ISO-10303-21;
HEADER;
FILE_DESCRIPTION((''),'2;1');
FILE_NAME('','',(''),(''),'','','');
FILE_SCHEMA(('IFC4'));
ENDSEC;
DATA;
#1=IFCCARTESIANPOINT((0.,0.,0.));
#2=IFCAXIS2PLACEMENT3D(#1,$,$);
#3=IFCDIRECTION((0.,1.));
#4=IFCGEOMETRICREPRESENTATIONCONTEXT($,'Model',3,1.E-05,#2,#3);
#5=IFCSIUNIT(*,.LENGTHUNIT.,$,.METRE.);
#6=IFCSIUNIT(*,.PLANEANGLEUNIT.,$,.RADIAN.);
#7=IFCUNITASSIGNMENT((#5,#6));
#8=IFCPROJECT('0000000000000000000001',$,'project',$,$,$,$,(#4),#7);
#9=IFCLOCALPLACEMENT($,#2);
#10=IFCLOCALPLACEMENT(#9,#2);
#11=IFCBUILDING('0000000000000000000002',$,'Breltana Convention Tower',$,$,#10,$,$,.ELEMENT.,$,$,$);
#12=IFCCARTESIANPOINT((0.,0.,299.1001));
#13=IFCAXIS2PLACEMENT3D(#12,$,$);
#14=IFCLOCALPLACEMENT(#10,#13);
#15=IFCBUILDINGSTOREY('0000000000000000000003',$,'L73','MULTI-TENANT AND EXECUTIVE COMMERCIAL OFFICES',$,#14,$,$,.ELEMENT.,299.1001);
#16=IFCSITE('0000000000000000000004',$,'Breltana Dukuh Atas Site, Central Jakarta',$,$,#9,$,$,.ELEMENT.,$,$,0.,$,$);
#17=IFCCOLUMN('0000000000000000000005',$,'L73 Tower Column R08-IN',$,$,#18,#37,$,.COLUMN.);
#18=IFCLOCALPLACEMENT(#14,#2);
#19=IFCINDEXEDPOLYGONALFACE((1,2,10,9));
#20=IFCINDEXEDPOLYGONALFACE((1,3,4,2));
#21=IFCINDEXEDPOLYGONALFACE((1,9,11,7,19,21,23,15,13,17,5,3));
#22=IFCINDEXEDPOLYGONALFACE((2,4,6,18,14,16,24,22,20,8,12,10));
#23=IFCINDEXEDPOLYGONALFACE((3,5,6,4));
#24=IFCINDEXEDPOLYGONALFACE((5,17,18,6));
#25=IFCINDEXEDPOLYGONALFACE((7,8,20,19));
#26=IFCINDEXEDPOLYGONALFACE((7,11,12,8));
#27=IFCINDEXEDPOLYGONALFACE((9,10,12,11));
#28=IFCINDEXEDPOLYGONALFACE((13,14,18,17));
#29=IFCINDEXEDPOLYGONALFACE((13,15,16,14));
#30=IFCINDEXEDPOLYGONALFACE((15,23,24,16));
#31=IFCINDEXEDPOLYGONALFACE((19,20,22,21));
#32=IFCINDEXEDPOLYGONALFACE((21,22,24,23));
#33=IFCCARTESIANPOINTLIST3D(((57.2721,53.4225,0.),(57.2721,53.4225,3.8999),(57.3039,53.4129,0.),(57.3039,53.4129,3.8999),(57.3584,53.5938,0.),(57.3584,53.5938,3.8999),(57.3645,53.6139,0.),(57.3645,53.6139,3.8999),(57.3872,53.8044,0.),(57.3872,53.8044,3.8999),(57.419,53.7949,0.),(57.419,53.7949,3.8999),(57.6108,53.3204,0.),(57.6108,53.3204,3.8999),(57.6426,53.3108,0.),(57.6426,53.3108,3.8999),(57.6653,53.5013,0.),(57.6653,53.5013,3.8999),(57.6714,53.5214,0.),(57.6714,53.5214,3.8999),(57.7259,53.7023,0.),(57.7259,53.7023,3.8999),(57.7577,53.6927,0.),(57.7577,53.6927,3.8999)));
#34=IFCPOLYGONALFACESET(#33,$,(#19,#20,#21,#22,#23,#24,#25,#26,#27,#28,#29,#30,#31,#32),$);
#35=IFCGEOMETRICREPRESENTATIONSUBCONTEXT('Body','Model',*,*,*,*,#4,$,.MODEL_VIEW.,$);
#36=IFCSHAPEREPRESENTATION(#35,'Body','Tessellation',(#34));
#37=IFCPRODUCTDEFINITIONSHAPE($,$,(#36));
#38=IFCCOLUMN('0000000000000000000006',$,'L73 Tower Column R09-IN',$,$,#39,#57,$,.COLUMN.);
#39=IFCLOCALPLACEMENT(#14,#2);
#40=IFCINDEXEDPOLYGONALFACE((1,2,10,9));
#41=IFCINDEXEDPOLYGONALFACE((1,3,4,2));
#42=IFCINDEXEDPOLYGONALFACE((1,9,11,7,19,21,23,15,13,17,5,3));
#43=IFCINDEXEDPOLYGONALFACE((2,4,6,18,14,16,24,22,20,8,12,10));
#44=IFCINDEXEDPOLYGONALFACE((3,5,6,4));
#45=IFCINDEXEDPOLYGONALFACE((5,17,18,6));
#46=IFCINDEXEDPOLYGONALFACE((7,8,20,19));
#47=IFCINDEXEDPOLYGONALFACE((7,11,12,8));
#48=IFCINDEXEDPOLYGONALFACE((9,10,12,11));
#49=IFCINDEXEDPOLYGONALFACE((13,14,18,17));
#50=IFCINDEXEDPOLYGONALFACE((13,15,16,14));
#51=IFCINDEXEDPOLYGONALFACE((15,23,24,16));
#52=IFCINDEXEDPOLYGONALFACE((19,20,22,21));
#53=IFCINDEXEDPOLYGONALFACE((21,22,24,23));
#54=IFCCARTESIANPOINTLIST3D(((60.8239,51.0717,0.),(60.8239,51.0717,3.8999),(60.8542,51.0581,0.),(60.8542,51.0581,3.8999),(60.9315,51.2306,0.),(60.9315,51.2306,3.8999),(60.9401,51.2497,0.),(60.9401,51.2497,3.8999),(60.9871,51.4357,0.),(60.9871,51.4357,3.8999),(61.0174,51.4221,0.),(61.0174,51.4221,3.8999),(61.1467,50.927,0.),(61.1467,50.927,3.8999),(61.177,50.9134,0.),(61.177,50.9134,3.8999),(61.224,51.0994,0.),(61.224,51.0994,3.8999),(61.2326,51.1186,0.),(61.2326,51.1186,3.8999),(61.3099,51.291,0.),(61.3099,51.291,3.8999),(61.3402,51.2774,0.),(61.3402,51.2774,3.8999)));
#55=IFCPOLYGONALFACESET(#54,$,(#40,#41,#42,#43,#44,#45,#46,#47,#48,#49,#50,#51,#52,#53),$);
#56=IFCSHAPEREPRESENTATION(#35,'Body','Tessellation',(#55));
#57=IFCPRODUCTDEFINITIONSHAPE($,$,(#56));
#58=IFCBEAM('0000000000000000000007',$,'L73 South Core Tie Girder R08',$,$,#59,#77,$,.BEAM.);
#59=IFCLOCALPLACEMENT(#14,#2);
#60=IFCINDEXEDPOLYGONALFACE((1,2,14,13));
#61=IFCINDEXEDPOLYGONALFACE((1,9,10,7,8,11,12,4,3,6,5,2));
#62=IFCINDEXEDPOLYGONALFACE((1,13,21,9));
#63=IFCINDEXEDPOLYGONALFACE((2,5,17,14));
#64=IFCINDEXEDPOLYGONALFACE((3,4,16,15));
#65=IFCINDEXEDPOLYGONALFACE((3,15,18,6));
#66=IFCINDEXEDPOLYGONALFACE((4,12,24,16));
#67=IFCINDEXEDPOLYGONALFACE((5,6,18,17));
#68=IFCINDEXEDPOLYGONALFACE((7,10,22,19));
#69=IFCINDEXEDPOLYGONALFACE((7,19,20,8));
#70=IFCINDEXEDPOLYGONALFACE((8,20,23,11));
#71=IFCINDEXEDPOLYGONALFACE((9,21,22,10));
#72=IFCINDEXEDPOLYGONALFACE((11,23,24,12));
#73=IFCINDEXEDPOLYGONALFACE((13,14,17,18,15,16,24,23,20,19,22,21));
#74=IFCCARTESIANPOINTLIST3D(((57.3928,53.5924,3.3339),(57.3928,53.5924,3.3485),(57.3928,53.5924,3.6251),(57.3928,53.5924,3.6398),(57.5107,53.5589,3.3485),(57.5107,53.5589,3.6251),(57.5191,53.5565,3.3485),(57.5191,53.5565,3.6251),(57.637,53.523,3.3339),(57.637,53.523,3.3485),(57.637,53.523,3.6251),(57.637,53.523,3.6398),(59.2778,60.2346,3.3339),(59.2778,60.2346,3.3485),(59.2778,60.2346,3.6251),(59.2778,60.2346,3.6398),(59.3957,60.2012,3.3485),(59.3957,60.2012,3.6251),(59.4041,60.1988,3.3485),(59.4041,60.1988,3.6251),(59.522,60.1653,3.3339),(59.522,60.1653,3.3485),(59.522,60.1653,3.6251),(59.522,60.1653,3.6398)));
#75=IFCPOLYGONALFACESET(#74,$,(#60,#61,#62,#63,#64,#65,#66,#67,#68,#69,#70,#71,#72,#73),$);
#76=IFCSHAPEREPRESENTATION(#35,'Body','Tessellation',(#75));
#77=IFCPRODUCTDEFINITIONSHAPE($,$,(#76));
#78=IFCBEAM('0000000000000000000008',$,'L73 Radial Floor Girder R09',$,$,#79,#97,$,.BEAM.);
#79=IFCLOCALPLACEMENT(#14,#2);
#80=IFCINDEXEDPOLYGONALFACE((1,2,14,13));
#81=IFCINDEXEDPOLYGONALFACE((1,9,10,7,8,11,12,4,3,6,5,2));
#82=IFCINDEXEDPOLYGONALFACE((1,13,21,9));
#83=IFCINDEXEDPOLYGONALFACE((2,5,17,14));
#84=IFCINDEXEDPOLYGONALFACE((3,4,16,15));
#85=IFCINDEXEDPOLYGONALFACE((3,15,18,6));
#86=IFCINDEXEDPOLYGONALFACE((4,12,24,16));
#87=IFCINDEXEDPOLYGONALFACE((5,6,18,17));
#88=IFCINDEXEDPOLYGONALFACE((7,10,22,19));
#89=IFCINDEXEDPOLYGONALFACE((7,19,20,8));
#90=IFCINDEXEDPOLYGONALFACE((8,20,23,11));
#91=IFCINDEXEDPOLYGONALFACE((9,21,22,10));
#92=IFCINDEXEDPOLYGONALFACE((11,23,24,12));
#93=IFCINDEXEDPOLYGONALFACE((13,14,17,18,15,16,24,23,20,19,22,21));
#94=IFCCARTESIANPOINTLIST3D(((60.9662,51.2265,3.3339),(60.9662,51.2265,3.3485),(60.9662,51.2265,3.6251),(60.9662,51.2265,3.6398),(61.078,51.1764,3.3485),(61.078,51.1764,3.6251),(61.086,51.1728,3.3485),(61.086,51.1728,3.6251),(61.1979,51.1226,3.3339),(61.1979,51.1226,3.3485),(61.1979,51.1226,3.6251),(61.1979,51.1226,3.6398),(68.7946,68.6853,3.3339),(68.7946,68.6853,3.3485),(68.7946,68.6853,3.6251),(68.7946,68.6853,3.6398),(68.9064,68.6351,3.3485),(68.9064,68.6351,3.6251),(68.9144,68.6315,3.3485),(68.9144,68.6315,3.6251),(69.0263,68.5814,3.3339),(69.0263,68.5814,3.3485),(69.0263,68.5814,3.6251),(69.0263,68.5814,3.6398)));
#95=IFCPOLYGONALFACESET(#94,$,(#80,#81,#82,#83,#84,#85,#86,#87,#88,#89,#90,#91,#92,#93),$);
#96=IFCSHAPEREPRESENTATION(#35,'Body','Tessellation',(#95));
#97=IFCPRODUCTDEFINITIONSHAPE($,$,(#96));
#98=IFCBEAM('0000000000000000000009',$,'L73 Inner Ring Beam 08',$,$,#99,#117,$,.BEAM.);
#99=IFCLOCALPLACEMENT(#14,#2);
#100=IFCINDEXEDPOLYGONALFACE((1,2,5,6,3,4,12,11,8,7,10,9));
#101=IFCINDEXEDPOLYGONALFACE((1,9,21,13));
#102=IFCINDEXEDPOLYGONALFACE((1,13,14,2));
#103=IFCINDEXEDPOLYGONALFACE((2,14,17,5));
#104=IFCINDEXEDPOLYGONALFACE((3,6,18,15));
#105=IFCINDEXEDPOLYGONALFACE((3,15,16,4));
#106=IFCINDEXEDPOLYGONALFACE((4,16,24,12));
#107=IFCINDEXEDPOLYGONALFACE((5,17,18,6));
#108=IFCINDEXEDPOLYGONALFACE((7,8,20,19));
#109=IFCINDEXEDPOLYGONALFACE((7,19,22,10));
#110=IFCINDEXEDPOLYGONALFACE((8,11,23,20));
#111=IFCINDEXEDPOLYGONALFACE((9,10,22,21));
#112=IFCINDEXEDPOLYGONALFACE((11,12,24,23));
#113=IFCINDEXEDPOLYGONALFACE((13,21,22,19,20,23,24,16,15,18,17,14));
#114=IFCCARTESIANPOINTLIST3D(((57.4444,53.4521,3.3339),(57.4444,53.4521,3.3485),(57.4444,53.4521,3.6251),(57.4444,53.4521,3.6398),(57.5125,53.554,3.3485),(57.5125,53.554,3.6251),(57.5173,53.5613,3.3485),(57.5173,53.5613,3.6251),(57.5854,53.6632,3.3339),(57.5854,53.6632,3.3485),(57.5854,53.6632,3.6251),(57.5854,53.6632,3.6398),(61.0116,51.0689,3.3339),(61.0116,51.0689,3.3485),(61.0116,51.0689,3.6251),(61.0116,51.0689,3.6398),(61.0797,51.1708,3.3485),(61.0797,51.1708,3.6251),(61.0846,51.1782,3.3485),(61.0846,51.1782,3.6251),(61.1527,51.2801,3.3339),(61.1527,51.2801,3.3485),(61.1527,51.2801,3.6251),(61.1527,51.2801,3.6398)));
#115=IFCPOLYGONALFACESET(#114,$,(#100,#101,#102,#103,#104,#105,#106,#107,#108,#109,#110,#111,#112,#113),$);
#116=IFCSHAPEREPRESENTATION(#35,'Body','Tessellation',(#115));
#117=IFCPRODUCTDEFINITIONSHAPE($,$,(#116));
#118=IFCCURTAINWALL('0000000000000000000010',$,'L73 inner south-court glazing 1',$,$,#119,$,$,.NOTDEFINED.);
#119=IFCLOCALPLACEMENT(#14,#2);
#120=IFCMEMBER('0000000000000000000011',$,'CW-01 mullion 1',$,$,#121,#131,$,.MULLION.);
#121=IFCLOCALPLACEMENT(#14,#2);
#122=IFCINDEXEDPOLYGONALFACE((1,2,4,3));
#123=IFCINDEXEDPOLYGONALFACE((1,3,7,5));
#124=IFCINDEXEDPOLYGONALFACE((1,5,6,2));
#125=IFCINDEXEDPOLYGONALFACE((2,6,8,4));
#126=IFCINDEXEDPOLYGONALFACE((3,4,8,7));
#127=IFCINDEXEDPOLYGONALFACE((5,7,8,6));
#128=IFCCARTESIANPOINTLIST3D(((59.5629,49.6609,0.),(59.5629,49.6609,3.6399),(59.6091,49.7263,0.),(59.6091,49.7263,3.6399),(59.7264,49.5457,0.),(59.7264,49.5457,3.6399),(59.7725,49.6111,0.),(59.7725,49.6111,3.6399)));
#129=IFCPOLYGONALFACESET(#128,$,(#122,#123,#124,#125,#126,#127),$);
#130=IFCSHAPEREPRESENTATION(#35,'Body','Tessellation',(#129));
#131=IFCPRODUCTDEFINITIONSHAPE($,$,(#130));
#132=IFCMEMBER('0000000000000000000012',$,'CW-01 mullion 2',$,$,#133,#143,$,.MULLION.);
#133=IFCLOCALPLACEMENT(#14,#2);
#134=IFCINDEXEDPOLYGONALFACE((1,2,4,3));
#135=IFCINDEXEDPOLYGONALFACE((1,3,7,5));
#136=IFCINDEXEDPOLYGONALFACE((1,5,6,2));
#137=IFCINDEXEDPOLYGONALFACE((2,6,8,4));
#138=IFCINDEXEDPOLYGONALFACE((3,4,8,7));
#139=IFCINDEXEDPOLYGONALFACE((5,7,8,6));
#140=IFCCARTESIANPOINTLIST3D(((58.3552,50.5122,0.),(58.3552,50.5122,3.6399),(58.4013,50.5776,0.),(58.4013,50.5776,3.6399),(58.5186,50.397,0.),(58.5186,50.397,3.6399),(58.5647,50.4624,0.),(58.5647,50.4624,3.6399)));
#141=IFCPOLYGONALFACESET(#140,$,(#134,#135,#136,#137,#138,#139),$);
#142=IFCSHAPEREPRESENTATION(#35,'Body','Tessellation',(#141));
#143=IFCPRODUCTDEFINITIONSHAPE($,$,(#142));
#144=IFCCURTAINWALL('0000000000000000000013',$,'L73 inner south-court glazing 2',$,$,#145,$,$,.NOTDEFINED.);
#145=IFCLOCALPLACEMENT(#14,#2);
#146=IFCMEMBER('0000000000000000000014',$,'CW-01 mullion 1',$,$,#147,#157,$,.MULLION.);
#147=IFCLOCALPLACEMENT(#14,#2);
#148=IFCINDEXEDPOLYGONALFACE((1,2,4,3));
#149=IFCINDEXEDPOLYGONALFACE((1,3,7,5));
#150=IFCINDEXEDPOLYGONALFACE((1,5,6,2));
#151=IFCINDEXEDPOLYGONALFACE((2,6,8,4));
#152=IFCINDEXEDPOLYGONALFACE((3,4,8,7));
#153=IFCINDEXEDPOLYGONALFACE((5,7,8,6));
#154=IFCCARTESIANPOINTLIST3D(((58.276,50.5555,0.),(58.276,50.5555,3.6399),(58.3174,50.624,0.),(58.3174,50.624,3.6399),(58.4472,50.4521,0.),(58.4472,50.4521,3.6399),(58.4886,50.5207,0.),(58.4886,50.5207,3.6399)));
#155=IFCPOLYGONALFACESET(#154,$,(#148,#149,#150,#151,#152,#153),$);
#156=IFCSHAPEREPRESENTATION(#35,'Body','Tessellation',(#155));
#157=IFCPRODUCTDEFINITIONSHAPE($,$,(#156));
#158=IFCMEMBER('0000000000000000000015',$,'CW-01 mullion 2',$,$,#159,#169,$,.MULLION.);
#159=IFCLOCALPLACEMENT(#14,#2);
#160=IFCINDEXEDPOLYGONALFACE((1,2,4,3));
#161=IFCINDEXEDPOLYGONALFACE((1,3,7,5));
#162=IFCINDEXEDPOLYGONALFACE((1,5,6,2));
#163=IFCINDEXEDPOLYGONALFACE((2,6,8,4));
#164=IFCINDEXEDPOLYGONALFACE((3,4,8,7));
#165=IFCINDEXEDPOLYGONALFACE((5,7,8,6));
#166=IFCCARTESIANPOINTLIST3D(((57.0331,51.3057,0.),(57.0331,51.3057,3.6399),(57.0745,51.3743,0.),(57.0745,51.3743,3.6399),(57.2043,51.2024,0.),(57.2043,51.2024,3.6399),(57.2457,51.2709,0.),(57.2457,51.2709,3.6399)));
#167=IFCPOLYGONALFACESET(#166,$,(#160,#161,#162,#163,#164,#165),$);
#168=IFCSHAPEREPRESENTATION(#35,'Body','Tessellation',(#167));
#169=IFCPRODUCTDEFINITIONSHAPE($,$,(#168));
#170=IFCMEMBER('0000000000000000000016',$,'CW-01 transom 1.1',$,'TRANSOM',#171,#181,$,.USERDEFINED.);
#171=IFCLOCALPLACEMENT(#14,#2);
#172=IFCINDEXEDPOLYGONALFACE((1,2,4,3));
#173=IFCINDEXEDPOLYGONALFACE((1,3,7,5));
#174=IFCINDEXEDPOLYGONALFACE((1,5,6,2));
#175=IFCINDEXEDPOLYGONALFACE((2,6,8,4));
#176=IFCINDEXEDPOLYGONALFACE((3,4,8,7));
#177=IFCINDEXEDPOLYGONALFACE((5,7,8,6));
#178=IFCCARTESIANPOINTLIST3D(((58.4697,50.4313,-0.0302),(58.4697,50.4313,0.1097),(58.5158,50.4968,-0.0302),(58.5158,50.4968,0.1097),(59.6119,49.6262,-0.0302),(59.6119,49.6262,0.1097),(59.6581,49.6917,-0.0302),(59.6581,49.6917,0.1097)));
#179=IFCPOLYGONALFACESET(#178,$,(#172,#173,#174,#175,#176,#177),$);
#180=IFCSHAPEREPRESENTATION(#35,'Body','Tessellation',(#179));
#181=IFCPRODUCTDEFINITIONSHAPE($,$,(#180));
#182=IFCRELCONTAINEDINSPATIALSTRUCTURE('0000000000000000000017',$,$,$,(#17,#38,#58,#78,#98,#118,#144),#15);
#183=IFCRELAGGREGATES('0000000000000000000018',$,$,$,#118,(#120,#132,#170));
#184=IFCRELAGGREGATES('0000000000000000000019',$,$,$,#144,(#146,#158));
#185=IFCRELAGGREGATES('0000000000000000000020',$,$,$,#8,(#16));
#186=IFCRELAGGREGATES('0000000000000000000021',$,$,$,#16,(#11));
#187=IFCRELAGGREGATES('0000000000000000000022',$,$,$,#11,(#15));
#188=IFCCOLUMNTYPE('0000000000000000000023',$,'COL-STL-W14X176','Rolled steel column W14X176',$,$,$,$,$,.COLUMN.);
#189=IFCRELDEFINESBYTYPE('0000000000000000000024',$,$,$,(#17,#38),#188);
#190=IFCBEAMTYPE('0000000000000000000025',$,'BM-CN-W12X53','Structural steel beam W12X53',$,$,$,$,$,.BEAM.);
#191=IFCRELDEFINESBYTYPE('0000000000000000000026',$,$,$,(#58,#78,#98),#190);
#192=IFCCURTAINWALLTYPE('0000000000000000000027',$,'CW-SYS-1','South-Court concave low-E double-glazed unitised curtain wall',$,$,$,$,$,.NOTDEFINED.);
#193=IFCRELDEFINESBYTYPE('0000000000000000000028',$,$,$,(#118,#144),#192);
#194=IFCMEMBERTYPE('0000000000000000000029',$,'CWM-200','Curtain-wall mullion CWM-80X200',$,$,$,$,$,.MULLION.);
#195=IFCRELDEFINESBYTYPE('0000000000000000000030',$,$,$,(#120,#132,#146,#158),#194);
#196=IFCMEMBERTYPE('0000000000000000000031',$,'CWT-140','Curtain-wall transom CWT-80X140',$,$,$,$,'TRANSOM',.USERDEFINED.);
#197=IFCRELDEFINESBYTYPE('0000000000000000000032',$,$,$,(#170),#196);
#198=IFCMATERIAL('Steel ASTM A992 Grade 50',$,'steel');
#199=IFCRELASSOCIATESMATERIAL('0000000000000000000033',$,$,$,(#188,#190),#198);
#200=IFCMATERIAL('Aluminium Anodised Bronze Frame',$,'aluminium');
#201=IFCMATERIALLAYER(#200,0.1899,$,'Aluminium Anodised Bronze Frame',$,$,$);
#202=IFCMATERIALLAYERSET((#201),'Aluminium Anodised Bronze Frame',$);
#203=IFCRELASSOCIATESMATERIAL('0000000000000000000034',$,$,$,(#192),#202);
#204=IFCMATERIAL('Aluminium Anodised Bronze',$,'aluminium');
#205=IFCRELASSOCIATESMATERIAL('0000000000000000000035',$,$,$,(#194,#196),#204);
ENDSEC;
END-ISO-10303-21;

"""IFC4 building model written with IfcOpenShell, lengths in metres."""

from ifc_helpers import new_model, si_unit, direction, frame, origin, origin_2d, place, context, subcontext, project, spatial, rectangle, i_section, extrude, source, transform, mapped, material, layer, layer_set, material_profile, profile_set, type_object, type_shapes, element, aggregate, save


model = new_model("IFC4")

# Units and contexts
model_context = context("Model", 3, precision=1e-05, world=origin(), true_north=direction((0.0, 1.0)))
body_context = subcontext(model_context, "Body", "Model", "MODEL_VIEW")
ifc_project = project(units=[si_unit("LENGTHUNIT", "METRE"), si_unit("PLANEANGLEUNIT", "RADIAN")], contexts=[model_context])

# Site, building, storey
site_placement = place(None, origin())
site = spatial("IfcSite", under=ifc_project, at=site_placement, Name="Breltana Dukuh Atas Site, Central Jakarta", CompositionType="ELEMENT", RefElevation=0.0)
building_placement = place(site_placement, origin())
building = spatial("IfcBuilding", under=site, at=building_placement, Name="Breltana Convention Tower", CompositionType="ELEMENT")
storey_placement = place(building_placement, frame((0.0, 0.0, 299.1001)))
storey = spatial("IfcBuildingStorey", under=building, at=storey_placement, Name="L73", Description="MULTI-TENANT AND EXECUTIVE COMMERCIAL OFFICES", CompositionType="ELEMENT", Elevation=299.1001)

# Columns
ifc_material_1 = material(Name="Steel ASTM A992 Grade 50", Category="steel")
ifc_material_profile_1 = material_profile(ifc_material_1, i_section(OverallWidth=0.3989, OverallDepth=0.387, WebThickness=0.021, FlangeThickness=0.0332, at=origin_2d()), Name="W14X176")
ifc_profile_set_1 = profile_set([ifc_material_profile_1], Name="Steel ASTM A992 Grade 50")
column_type = type_object("IfcColumnType", Name="COL-STL-W14X176", Description="Rolled steel column W14X176", PredefinedType="COLUMN", material=ifc_profile_set_1)
shared_shape_1 = source(origin(), body_context, "Body", "SweptSolid", [
    extrude(i_section(OverallWidth=0.3989, OverallDepth=0.387, WebThickness=0.021, FlangeThickness=0.0332, at=origin_2d()), origin(), (0.0, 0.0, 1.0), 3.8999),
])
type_shapes(column_type, [shared_shape_1])
for number, where, z_axis, x_axis, name in (
    (1, (57.5149, 53.5576, 0.0), (0.0, 0.0, 1.0), (0.288698, 0.95742, 0.0), "L73 Tower Column R08-IN"),
    (2, (61.082, 51.1746, 0.0), (0.0, 0.0, 1.0), (0.409127, 0.912477, 0.0), "L73 Tower Column R09-IN"),
):
    element("IfcColumn", number, at=place(storey_placement, frame(where, z_axis=z_axis, x_axis=x_axis)), inside=storey, type_object=column_type, Name=name, PredefinedType="COLUMN", context=body_context, shape_type="MappedRepresentation", body=[
        mapped(shared_shape_1, transform((0.0, 0.0, 0.0), scale=1.0)),
    ])

# Beams
ifc_material_profile_2 = material_profile(ifc_material_1, i_section(OverallWidth=0.2539, OverallDepth=0.3059, WebThickness=0.0088, FlangeThickness=0.0146, at=origin_2d()), Name="W12X53")
ifc_profile_set_2 = profile_set([ifc_material_profile_2], Name="Steel ASTM A992 Grade 50")
beam_type = type_object("IfcBeamType", Name="BM-CN-W12X53", Description="Structural steel beam W12X53", PredefinedType="BEAM", material=ifc_profile_set_2)
shared_shape_2 = source(origin(), body_context, "Body", "SweptSolid", [
    extrude(i_section(OverallWidth=0.2539, OverallDepth=0.3059, WebThickness=0.0088, FlangeThickness=0.0146, at=origin_2d()), origin(), (0.0, 0.0, 1.0), 6.9045),
])
beam_1_placement = place(storey_placement, frame((59.3999, 60.2, 3.4868), z_axis=(-0.273007, -0.962012, 0.0), x_axis=(0.962012, -0.273007, 0.0)))
element("IfcBeam", 3, at=beam_1_placement, inside=storey, type_object=beam_type, Name="L73 South Core Tie Girder R08", PredefinedType="BEAM", context=body_context, shape_type="MappedRepresentation", body=[
    mapped(shared_shape_2, transform((0.0, 0.0, 0.0), scale=1.0)),
])
shared_shape_3 = source(origin(), body_context, "Body", "SweptSolid", [
    extrude(i_section(OverallWidth=0.2539, OverallDepth=0.3059, WebThickness=0.0088, FlangeThickness=0.0146, at=origin_2d()), origin(), (0.0, 0.0, 1.0), 19.1335),
])
beam_2_placement = place(storey_placement, frame((61.082, 51.1746, 3.4868), z_axis=(0.409145, 0.91247, 0.0), x_axis=(-0.91247, 0.409145, 0.0)))
element("IfcBeam", 4, at=beam_2_placement, inside=storey, type_object=beam_type, Name="L73 Radial Floor Girder R09", PredefinedType="BEAM", context=body_context, shape_type="MappedRepresentation", body=[
    mapped(shared_shape_3, transform((0.0, 0.0, 0.0), scale=1.0)),
])
shared_shape_4 = source(origin(), body_context, "Body", "SweptSolid", [
    extrude(i_section(OverallWidth=0.2539, OverallDepth=0.3059, WebThickness=0.0088, FlangeThickness=0.0146, at=origin_2d()), origin(), (0.0, 0.0, 1.0), 4.29),
])
beam_3_placement = place(storey_placement, frame((57.5149, 53.5576, 3.4868), z_axis=(0.831516, -0.555501, 0.0), x_axis=(0.555501, 0.831516, 0.0)))
element("IfcBeam", 5, at=beam_3_placement, inside=storey, type_object=beam_type, Name="L73 Inner Ring Beam 08", PredefinedType="BEAM", context=body_context, shape_type="MappedRepresentation", body=[
    mapped(shared_shape_4, transform((0.0, 0.0, 0.0), scale=1.0)),
])

# Curtain walls, members
ifc_material_2 = material(Name="Aluminium Anodised Bronze Frame", Category="aluminium")
ifc_layer_1 = layer(ifc_material_2, 0.1899, Name="Aluminium Anodised Bronze Frame")
ifc_layer_set_1 = layer_set([ifc_layer_1], Name="Aluminium Anodised Bronze Frame")
curtain_wall_type = type_object("IfcCurtainWallType", Name="CW-SYS-1", Description="South-Court concave low-E double-glazed unitised curtain wall", PredefinedType="NOTDEFINED", material=ifc_layer_set_1)
curtain_wall_1_placement = place(storey_placement, origin())
curtain_wall_1 = element("IfcCurtainWall", 6, at=curtain_wall_1_placement, inside=storey, type_object=curtain_wall_type, Name="L73 inner south-court glazing 1", PredefinedType="NOTDEFINED")
ifc_material_3 = material(Name="Aluminium Anodised Bronze", Category="aluminium")
ifc_material_profile_3 = material_profile(ifc_material_3, rectangle(XDim=0.0801, YDim=0.2, at=origin_2d()), Name="CWM-80X200")
ifc_profile_set_3 = profile_set([ifc_material_profile_3], Name="Aluminium Anodised Bronze")
member_type_1 = type_object("IfcMemberType", Name="CWM-200", Description="Curtain-wall mullion CWM-80X200", PredefinedType="MULLION", material=ifc_profile_set_3)
shared_shape_5 = source(origin(), body_context, "Body", "SweptSolid", [
    extrude(rectangle(XDim=0.0801, YDim=0.2, at=origin_2d()), origin(), (0.0, 0.0, 1.0), 3.6399),
])
member_1_placement = place(storey_placement, frame((59.6677, 49.636, 0.0), z_axis=(0.0, 0.0, 1.0), x_axis=(-0.576174, -0.817327, 0.0)))
member_1 = element("IfcMember", 7, at=member_1_placement, type_object=member_type_1, Name="CW-01 mullion 1", PredefinedType="MULLION", context=body_context, shape_type="MappedRepresentation", body=[
    mapped(shared_shape_5, transform((0.0, 0.0, 0.0), scale=1.0)),
])
member_2_placement = place(storey_placement, frame((58.46, 50.4873, 0.0), z_axis=(0.0, 0.0, 1.0), x_axis=(-0.576174, -0.817327, 0.0)))
member_2 = element("IfcMember", 8, at=member_2_placement, type_object=member_type_1, Name="CW-01 mullion 2", PredefinedType="MULLION", context=body_context, shape_type="MappedRepresentation", body=[
    mapped(shared_shape_5, transform((0.0, 0.0, 0.0), scale=1.0)),
])
curtain_wall_2_placement = place(storey_placement, origin())
curtain_wall_2 = element("IfcCurtainWall", 9, at=curtain_wall_2_placement, inside=storey, type_object=curtain_wall_type, Name="L73 inner south-court glazing 2", PredefinedType="NOTDEFINED")
member_3_placement = place(storey_placement, frame((58.3823, 50.5381, 0.0), z_axis=(0.0, 0.0, 1.0), x_axis=(-0.516827, -0.85609, 0.0)))
member_3 = element("IfcMember", 10, at=member_3_placement, type_object=member_type_1, Name="CW-01 mullion 1", PredefinedType="MULLION", context=body_context, shape_type="MappedRepresentation", body=[
    mapped(shared_shape_5, transform((0.0, 0.0, 0.0), scale=1.0)),
])
member_4_placement = place(storey_placement, frame((57.1394, 51.2883, 0.0), z_axis=(0.0, 0.0, 1.0), x_axis=(-0.516827, -0.85609, 0.0)))
member_4 = element("IfcMember", 11, at=member_4_placement, type_object=member_type_1, Name="CW-01 mullion 2", PredefinedType="MULLION", context=body_context, shape_type="MappedRepresentation", body=[
    mapped(shared_shape_5, transform((0.0, 0.0, 0.0), scale=1.0)),
])

# Member
ifc_material_profile_4 = material_profile(ifc_material_3, rectangle(XDim=0.0801, YDim=0.1399, at=origin_2d()), Name="CWT-80X140")
ifc_profile_set_4 = profile_set([ifc_material_profile_4], Name="Aluminium Anodised Bronze")
member_type_2 = type_object("IfcMemberType", Name="CWT-140", Description="Curtain-wall transom CWT-80X140", ElementType="TRANSOM", PredefinedType="USERDEFINED", material=ifc_profile_set_4)
shared_shape_6 = source(origin(), body_context, "Body", "SweptSolid", [
    extrude(rectangle(XDim=0.0801, YDim=0.1399, at=origin_2d()), origin(), (0.0, 0.0, 1.0), 1.3975),
])
member_5_placement = place(storey_placement, frame((59.635, 49.6589, 0.0398), z_axis=(-0.817365, 0.576121, 0.0), x_axis=(-0.576121, -0.817365, 0.0)))
member_5 = element("IfcMember", 12, at=member_5_placement, type_object=member_type_2, Name="CW-01 transom 1.1", ObjectType="TRANSOM", PredefinedType="USERDEFINED", context=body_context, shape_type="MappedRepresentation", body=[
    mapped(shared_shape_6, transform((0.0, 0.0, 0.0), scale=1.0)),
])

aggregate(curtain_wall_1, [member_1, member_2, member_5])
aggregate(curtain_wall_2, [member_3, member_4])

save(model, "model.ifc")
